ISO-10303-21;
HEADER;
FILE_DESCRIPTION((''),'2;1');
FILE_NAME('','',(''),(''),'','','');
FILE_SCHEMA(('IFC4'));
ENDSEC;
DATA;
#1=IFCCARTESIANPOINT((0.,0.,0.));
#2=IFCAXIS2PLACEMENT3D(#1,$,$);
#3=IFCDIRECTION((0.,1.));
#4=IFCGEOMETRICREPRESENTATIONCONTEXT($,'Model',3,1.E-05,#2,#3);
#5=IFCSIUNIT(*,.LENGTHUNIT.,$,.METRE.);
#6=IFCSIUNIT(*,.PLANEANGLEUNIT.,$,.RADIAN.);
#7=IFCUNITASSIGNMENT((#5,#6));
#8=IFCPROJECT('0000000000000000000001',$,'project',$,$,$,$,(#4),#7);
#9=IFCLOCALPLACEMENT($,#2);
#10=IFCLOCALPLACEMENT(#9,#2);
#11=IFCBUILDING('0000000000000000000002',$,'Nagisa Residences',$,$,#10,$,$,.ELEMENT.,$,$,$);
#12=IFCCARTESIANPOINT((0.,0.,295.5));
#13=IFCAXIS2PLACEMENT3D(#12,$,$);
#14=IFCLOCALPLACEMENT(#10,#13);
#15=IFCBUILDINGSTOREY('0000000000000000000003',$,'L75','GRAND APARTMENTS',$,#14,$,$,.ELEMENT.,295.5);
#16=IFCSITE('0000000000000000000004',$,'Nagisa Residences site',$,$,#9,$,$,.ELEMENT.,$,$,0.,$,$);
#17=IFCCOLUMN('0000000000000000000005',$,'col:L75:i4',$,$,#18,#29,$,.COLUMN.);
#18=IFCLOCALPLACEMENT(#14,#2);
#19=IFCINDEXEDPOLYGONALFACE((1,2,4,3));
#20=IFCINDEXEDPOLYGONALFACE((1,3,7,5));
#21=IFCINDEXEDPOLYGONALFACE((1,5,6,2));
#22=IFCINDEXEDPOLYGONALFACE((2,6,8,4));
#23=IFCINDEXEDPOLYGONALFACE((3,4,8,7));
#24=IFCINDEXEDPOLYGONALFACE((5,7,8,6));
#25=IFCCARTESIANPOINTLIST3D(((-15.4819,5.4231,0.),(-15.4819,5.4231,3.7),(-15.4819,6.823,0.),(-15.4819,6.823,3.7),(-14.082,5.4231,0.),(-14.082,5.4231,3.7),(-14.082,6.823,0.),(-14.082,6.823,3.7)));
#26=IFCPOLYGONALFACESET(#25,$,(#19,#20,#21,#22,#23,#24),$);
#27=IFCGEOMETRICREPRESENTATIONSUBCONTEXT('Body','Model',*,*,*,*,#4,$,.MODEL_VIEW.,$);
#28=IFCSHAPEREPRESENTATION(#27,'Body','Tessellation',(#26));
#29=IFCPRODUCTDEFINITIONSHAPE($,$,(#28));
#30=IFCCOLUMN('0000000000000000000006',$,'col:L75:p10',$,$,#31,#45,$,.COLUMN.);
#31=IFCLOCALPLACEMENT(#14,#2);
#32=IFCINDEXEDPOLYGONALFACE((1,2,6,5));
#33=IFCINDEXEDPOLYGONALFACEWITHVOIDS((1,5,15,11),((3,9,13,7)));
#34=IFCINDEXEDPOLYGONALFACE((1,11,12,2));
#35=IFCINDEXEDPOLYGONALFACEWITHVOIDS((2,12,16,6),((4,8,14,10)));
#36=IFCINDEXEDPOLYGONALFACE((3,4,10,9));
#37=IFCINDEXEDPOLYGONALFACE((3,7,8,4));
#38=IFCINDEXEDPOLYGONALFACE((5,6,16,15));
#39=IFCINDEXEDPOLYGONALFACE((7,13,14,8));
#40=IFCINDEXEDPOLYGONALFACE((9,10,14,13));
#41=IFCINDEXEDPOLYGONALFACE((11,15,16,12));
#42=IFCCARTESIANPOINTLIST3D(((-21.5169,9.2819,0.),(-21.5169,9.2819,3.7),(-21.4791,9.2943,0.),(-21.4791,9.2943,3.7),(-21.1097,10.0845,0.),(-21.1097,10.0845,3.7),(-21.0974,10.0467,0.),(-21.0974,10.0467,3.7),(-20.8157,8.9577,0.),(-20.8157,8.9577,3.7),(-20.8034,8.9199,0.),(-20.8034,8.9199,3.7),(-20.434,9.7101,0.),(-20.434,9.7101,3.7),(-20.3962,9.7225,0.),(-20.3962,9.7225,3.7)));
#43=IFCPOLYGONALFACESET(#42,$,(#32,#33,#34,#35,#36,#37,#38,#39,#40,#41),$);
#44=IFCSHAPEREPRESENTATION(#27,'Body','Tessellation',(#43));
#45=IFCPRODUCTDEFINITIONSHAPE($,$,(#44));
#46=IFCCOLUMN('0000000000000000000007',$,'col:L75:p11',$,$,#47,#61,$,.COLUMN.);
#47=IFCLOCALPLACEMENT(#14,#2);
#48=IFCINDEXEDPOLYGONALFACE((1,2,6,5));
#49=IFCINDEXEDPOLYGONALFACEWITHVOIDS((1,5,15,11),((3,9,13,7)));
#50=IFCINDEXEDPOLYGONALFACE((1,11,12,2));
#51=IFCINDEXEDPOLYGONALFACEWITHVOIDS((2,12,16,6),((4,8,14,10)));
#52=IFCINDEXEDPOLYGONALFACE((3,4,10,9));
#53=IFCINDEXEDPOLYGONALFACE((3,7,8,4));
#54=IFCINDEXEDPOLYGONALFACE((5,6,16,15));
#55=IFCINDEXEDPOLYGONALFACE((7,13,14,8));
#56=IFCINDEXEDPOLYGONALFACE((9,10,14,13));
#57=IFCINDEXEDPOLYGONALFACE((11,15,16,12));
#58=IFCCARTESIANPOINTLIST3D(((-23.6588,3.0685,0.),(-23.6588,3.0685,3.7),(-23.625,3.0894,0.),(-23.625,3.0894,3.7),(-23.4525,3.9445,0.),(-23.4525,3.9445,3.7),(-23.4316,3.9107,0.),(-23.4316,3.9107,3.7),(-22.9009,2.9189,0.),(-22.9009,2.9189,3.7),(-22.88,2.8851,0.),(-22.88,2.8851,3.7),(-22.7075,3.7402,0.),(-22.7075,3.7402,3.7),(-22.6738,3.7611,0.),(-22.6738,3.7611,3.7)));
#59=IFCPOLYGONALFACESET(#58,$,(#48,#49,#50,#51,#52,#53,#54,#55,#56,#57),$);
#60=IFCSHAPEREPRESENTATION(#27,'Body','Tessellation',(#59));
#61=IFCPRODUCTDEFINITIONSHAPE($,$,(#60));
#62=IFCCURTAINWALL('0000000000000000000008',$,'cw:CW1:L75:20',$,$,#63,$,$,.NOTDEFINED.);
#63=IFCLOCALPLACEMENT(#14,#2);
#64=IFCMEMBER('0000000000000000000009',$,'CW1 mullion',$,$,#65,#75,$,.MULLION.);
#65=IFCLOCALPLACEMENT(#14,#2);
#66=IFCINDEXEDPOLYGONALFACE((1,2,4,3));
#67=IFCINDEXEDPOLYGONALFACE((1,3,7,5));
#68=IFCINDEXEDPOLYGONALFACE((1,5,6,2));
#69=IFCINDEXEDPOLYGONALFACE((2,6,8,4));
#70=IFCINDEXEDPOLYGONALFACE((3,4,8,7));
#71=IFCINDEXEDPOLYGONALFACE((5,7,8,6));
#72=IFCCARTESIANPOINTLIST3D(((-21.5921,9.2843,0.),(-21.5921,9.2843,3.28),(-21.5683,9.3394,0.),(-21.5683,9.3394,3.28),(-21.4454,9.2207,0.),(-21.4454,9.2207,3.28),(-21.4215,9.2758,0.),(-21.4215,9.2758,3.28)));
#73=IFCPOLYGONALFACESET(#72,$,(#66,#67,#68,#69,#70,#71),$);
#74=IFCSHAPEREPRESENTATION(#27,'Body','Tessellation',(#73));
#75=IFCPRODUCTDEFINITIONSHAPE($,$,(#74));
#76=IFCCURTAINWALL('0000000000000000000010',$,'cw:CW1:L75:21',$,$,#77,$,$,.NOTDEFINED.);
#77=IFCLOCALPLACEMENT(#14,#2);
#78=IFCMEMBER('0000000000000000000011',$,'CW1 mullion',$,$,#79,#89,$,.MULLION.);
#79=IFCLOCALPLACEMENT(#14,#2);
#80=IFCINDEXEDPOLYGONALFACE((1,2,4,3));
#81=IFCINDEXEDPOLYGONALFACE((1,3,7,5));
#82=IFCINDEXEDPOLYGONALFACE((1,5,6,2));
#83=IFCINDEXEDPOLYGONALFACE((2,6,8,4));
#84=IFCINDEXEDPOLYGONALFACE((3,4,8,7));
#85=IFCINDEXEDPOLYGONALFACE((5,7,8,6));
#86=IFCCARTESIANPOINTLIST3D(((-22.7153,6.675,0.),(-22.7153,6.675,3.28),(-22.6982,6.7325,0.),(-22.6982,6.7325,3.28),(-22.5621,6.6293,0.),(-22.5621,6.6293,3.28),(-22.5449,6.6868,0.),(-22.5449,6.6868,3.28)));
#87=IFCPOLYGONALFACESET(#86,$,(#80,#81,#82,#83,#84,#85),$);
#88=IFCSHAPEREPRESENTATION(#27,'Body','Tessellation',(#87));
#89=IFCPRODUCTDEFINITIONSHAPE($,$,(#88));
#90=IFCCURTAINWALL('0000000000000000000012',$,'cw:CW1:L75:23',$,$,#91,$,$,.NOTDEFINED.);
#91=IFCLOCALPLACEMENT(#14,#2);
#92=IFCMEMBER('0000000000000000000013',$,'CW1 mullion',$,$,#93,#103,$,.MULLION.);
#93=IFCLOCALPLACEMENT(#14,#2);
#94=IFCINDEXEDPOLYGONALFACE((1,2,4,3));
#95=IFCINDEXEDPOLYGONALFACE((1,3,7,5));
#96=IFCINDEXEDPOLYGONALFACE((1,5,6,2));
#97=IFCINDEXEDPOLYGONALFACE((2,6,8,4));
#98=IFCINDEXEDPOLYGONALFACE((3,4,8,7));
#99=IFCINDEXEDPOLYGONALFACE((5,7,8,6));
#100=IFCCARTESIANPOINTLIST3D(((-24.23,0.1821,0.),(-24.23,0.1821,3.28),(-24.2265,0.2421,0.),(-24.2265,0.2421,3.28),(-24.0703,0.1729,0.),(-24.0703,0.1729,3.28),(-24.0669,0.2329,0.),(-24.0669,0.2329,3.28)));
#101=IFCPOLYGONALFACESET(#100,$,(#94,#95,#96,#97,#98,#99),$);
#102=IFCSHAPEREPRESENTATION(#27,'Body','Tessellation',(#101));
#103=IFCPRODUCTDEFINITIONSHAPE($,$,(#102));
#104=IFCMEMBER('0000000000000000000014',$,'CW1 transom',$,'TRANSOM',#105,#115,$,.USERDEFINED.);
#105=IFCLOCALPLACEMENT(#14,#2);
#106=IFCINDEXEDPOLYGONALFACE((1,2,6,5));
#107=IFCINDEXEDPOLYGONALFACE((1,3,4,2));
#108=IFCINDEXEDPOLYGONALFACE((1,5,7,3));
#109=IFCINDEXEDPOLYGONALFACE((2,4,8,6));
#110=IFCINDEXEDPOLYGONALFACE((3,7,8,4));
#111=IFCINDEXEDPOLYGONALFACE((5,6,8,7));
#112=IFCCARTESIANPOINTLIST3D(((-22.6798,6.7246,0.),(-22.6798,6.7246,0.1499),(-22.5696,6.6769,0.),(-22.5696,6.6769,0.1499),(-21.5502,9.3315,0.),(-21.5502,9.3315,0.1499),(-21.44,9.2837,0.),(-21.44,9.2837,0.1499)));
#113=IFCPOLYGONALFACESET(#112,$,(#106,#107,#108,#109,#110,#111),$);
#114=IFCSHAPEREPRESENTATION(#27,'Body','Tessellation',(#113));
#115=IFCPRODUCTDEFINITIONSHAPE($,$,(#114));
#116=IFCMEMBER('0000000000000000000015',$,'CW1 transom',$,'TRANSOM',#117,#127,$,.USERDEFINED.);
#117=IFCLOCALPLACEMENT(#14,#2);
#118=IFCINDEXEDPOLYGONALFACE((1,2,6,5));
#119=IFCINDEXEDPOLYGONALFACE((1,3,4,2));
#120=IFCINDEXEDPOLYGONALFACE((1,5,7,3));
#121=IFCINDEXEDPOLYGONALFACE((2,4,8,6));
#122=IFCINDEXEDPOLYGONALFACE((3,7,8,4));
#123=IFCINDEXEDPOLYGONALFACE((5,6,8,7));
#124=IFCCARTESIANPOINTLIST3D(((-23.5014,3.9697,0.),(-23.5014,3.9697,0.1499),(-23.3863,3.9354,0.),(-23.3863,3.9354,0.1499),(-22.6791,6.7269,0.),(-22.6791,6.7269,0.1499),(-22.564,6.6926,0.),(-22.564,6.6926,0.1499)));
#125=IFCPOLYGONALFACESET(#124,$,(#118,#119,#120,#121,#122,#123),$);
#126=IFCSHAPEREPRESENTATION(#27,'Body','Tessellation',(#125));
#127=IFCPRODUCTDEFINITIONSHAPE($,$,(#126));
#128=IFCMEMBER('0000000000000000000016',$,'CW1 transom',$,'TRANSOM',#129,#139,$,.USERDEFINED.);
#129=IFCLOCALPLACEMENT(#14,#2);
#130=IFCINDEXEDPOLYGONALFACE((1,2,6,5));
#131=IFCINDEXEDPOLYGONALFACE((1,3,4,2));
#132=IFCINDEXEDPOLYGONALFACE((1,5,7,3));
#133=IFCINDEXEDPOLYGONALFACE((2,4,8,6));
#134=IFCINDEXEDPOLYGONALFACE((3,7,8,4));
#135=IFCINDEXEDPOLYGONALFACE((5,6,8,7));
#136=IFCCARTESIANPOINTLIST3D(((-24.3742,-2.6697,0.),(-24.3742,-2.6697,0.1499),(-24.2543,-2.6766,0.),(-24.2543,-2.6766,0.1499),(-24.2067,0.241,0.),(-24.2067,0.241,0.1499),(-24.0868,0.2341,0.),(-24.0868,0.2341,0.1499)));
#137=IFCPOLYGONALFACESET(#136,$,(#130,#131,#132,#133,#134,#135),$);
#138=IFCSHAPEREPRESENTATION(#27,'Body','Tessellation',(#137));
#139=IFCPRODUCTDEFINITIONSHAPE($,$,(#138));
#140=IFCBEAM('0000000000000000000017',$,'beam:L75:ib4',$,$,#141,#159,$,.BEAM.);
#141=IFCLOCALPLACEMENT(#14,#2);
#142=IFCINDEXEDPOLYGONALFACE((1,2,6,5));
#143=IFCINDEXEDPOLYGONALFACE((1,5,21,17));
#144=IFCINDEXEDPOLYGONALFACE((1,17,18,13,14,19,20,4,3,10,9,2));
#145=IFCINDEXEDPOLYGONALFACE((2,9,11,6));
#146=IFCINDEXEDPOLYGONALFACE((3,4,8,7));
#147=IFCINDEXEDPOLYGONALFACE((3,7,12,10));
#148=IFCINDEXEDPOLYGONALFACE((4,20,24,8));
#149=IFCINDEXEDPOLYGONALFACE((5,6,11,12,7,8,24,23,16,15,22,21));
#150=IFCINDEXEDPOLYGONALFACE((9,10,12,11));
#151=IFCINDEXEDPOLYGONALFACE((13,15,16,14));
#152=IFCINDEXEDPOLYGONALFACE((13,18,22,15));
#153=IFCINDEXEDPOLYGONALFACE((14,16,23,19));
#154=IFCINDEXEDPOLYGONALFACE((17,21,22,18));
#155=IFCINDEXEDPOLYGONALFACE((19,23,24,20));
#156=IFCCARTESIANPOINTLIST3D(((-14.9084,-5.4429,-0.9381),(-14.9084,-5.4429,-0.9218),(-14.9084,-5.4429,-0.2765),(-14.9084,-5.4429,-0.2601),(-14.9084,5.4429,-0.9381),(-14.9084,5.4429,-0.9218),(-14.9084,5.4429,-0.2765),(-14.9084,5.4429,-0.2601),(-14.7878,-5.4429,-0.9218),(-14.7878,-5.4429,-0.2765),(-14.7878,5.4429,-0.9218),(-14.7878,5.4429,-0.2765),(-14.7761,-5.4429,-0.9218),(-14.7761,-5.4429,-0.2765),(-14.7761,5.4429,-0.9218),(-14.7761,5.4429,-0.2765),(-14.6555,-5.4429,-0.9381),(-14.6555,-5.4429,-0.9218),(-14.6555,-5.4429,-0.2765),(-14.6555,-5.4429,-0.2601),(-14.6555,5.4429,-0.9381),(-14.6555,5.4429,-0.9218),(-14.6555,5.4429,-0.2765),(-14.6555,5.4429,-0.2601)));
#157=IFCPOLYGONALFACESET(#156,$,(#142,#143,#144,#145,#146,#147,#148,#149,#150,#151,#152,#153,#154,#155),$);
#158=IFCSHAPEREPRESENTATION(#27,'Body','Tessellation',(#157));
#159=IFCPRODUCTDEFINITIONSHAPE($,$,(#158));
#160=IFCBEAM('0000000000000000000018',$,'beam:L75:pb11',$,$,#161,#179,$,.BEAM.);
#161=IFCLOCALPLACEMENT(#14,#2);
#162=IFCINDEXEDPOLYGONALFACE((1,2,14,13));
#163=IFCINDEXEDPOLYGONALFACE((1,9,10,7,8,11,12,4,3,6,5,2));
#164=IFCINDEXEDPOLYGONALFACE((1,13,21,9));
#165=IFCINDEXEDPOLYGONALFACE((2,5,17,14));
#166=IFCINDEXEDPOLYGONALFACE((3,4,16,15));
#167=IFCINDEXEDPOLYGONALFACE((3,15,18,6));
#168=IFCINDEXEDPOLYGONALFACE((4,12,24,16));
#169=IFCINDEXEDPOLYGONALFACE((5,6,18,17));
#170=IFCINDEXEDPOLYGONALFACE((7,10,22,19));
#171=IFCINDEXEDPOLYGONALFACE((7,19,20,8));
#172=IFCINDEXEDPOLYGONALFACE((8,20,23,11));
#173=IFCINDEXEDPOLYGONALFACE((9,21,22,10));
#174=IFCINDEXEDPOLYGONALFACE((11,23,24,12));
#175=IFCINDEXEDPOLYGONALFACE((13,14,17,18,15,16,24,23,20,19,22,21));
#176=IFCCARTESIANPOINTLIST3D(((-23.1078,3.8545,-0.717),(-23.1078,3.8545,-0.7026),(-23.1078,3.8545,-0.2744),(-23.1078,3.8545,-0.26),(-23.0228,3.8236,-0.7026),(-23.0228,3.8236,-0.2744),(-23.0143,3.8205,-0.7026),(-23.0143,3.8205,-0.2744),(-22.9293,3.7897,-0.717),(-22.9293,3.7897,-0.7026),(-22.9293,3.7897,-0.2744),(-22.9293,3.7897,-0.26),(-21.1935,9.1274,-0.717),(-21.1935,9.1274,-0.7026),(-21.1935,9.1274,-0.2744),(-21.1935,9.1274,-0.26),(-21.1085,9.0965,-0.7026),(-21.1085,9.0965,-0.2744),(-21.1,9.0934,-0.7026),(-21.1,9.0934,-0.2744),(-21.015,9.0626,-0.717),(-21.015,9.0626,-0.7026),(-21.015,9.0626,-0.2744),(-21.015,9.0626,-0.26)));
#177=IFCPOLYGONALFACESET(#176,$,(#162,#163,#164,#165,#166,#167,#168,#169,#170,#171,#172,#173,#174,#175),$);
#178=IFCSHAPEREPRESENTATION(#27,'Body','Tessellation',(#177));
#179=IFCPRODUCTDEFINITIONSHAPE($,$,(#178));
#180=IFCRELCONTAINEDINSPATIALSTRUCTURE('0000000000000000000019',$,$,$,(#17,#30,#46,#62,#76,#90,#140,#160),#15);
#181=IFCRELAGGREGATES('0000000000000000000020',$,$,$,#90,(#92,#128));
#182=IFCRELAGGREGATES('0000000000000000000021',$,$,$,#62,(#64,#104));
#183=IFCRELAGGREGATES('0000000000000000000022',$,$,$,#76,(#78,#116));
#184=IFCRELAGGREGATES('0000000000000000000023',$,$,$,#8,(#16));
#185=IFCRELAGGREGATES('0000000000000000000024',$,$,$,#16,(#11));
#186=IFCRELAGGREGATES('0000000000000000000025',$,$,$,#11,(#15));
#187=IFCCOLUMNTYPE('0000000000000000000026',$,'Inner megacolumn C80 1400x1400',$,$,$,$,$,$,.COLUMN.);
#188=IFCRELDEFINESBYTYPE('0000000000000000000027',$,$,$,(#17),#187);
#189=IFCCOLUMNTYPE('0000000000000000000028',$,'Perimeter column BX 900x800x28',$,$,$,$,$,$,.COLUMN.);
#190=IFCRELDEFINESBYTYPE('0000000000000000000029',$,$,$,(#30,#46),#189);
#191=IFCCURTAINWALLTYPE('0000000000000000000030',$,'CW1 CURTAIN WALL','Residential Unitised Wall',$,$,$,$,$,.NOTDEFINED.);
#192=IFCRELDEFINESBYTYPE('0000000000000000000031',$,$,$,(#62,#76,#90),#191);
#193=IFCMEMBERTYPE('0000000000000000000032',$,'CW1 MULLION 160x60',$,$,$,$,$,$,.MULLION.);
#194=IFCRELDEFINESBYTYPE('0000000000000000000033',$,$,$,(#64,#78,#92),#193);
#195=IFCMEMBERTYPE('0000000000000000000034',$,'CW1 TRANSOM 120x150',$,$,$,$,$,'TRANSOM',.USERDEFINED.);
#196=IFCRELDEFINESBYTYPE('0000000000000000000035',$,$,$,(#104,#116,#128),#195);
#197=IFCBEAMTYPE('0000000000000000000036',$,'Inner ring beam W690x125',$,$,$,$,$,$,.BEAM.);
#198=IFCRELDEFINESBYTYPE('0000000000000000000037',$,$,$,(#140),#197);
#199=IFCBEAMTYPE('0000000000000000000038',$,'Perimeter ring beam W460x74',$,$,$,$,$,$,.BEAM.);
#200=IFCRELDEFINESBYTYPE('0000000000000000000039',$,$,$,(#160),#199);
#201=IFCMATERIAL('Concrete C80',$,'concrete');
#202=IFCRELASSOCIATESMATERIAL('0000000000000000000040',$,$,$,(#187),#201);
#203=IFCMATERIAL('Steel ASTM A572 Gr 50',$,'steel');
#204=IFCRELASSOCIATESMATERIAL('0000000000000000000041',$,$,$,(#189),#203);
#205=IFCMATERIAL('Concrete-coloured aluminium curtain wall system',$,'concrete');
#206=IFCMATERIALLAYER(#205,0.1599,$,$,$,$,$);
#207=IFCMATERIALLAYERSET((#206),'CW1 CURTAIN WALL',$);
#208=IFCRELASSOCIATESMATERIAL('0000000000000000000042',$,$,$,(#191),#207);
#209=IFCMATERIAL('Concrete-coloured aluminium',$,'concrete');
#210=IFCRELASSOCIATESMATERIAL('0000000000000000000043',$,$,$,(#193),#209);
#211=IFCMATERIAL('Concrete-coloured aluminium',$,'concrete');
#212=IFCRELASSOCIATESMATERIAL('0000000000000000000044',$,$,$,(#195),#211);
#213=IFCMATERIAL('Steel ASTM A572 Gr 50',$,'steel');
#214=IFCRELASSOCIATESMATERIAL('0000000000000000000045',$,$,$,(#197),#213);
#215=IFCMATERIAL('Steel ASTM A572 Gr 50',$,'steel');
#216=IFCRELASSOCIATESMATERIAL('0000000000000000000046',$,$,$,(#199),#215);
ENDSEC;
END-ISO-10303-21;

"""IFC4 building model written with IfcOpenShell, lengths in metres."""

from ifc_helpers import new_model, si_unit, direction, frame, origin, origin_2d, place, context, subcontext, project, spatial, rectangle, hollow_rectangle, i_section, extrude, material, layer, layer_set, material_profile, profile_set, type_object, element, aggregate, save


model = new_model("IFC4")

# Units and contexts
model_context = context("Model", 3, precision=1e-05, world=origin(), true_north=direction((0.0, 1.0)))
body_context = subcontext(model_context, "Body", "Model", "MODEL_VIEW")
ifc_project = project(units=[si_unit("LENGTHUNIT", "METRE"), si_unit("PLANEANGLEUNIT", "RADIAN")], contexts=[model_context])

# Site, building, storey
site_placement = place(None, origin())
site = spatial("IfcSite", under=ifc_project, at=site_placement, Name="Nagisa Residences site", CompositionType="ELEMENT", RefElevation=0.0)
building_placement = place(site_placement, origin())
building = spatial("IfcBuilding", under=site, at=building_placement, Name="Nagisa Residences", CompositionType="ELEMENT")
storey_placement = place(building_placement, frame((0.0, 0.0, 295.5)))
storey = spatial("IfcBuildingStorey", under=building, at=storey_placement, Name="L75", Description="GRAND APARTMENTS", CompositionType="ELEMENT", Elevation=295.5)

# Columns
ifc_material_1 = material(Name="Concrete C80", Category="concrete")
ifc_material_profile_1 = material_profile(ifc_material_1, rectangle(XDim=1.3999, YDim=1.3999, at=origin_2d()), Name="C80 1400x1400")
ifc_profile_set_1 = profile_set([ifc_material_profile_1], Name="Concrete C80")
column_type_1 = type_object("IfcColumnType", Name="Inner megacolumn C80 1400x1400", PredefinedType="COLUMN", material=ifc_profile_set_1)
column_placement = place(storey_placement, frame((-14.782, 6.123, 0.0), z_axis=(0.0, 0.0, 1.0), x_axis=(1.0, 0.0, 0.0)))
element("IfcColumn", 1, at=column_placement, inside=storey, type_object=column_type_1, Name="col:L75:i4", PredefinedType="COLUMN", context=body_context, shape_type="SweptSolid", body=[
    extrude(rectangle(XDim=1.3999, YDim=1.3999, at=origin_2d()), origin(), (0.0, 0.0, 1.0), 3.7),
])
ifc_material_2 = material(Name="Steel ASTM A572 Gr 50", Category="steel")
ifc_material_profile_2 = material_profile(ifc_material_2, hollow_rectangle(XDim=0.8999, YDim=0.8, WallThickness=0.0281, at=origin_2d()), Name="BX 900x800x28")
ifc_profile_set_2 = profile_set([ifc_material_profile_2], Name="Steel ASTM A572 Gr 50")
column_type_2 = type_object("IfcColumnType", Name="Perimeter column BX 900x800x28", PredefinedType="COLUMN", material=ifc_profile_set_2)
for number, where, z_axis, x_axis, name in (
    (2, (-20.9565, 9.5022, 0.0), (0.0, 0.0, 1.0), (-0.452463, -0.891783, 0.0), "col:L75:p10"),
    (3, (-23.1663, 3.4148, 0.0), (0.0, 0.0, 1.0), (-0.229202, -0.973379, 0.0), "col:L75:p11"),
):
    element("IfcColumn", number, at=place(storey_placement, frame(where, z_axis=z_axis, x_axis=x_axis)), inside=storey, type_object=column_type_2, Name=name, PredefinedType="COLUMN", context=body_context, shape_type="SweptSolid", body=[
        extrude(hollow_rectangle(XDim=0.8999, YDim=0.8, WallThickness=0.0281, at=origin_2d()), origin(), (0.0, 0.0, 1.0), 3.7),
    ])

# Curtain walls, members
ifc_material_3 = material(Name="Concrete-coloured aluminium curtain wall system", Category="concrete")
ifc_layer_1 = layer(ifc_material_3, 0.1599)
ifc_layer_set_1 = layer_set([ifc_layer_1], Name="CW1 CURTAIN WALL")
curtain_wall_type = type_object("IfcCurtainWallType", Name="CW1 CURTAIN WALL", Description="Residential Unitised Wall", PredefinedType="NOTDEFINED", material=ifc_layer_set_1)
curtain_wall_1_placement = place(storey_placement, origin())
curtain_wall_1 = element("IfcCurtainWall", 4, at=curtain_wall_1_placement, inside=storey, type_object=curtain_wall_type, Name="cw:CW1:L75:20", PredefinedType="NOTDEFINED")
ifc_material_4 = material(Name="Concrete-coloured aluminium", Category="concrete")
ifc_material_profile_3 = material_profile(ifc_material_4, rectangle(XDim=0.1599, YDim=0.0601, at=origin_2d()), Name="CW1 MULLION 160x60")
ifc_profile_set_3 = profile_set([ifc_material_profile_3], Name="Concrete-coloured aluminium")
member_type_1 = type_object("IfcMemberType", Name="CW1 MULLION 160x60", PredefinedType="MULLION", material=ifc_profile_set_3)
member_1_placement = place(storey_placement, frame((-21.5068, 9.28, 0.0), z_axis=(0.0, 0.0, 1.0), x_axis=(0.917543, -0.397636, 0.0)))
member_1 = element("IfcMember", 5, at=member_1_placement, type_object=member_type_1, Name="CW1 mullion", PredefinedType="MULLION", context=body_context, shape_type="SweptSolid", body=[
    extrude(rectangle(XDim=0.1599, YDim=0.0601, at=origin_2d()), origin(), (0.0, 0.0, 1.0), 3.28),
])
curtain_wall_2_placement = place(storey_placement, origin())
curtain_wall_2 = element("IfcCurtainWall", 6, at=curtain_wall_2_placement, inside=storey, type_object=curtain_wall_type, Name="cw:CW1:L75:21", PredefinedType="NOTDEFINED")
member_2_placement = place(storey_placement, frame((-22.6301, 6.6809, 0.0), z_axis=(0.0, 0.0, 1.0), x_axis=(0.958271, -0.28586, 0.0)))
member_2 = element("IfcMember", 7, at=member_2_placement, type_object=member_type_1, Name="CW1 mullion", PredefinedType="MULLION", context=body_context, shape_type="SweptSolid", body=[
    extrude(rectangle(XDim=0.1599, YDim=0.0601, at=origin_2d()), origin(), (0.0, 0.0, 1.0), 3.28),
])
curtain_wall_3_placement = place(storey_placement, origin())
curtain_wall_3 = element("IfcCurtainWall", 8, at=curtain_wall_3_placement, inside=storey, type_object=curtain_wall_type, Name="cw:CW1:L75:23", PredefinedType="NOTDEFINED")
member_3_placement = place(storey_placement, frame((-24.1484, 0.2075, 0.0), z_axis=(0.0, 0.0, 1.0), x_axis=(0.998345, -0.057503, 0.0)))
member_3 = element("IfcMember", 9, at=member_3_placement, type_object=member_type_1, Name="CW1 mullion", PredefinedType="MULLION", context=body_context, shape_type="SweptSolid", body=[
    extrude(rectangle(XDim=0.1599, YDim=0.0601, at=origin_2d()), origin(), (0.0, 0.0, 1.0), 3.28),
])

# Members
ifc_material_5 = material(Name="Concrete-coloured aluminium", Category="concrete")
ifc_material_profile_4 = material_profile(ifc_material_5, rectangle(XDim=0.1201, YDim=0.1499, at=origin_2d()), Name="CW1 TRANSOM 120x150")
ifc_profile_set_4 = profile_set([ifc_material_profile_4], Name="Concrete-coloured aluminium")
member_type_2 = type_object("IfcMemberType", Name="CW1 TRANSOM 120x150", ElementType="TRANSOM", PredefinedType="USERDEFINED", material=ifc_profile_set_4)
member_4_placement = place(storey_placement, frame((-21.4951, 9.3076, 0.075), z_axis=(-0.397598, -0.91756, 0.0), x_axis=(0.91756, -0.397598, 0.0)))
member_4 = element("IfcMember", 10, at=member_4_placement, type_object=member_type_2, Name="CW1 transom", ObjectType="TRANSOM", PredefinedType="USERDEFINED", context=body_context, shape_type="SweptSolid", body=[
    extrude(rectangle(XDim=0.1201, YDim=0.1499, at=origin_2d()), origin(), (0.0, 0.0, 1.0), 2.8411),
])
member_5_placement = place(storey_placement, frame((-22.6216, 6.7097, 0.075), z_axis=(-0.285798, -0.95829, 0.0), x_axis=(0.95829, -0.285798, 0.0)))
member_5 = element("IfcMember", 11, at=member_5_placement, type_object=member_type_2, Name="CW1 transom", ObjectType="TRANSOM", PredefinedType="USERDEFINED", context=body_context, shape_type="SweptSolid", body=[
    extrude(rectangle(XDim=0.1201, YDim=0.1499, at=origin_2d()), origin(), (0.0, 0.0, 1.0), 2.8772),
])
member_6_placement = place(storey_placement, frame((-24.1467, 0.2375, 0.075), z_axis=(-0.057446, -0.998349, 0.0), x_axis=(0.998349, -0.057446, 0.0)))
member_6 = element("IfcMember", 12, at=member_6_placement, type_object=member_type_2, Name="CW1 transom", ObjectType="TRANSOM", PredefinedType="USERDEFINED", context=body_context, shape_type="SweptSolid", body=[
    extrude(rectangle(XDim=0.1201, YDim=0.1499, at=origin_2d()), origin(), (0.0, 0.0, 1.0), 2.9155),
])
aggregate(curtain_wall_3, [member_3, member_6])

# Beams
ifc_material_6 = material(Name="Steel ASTM A572 Gr 50", Category="steel")
ifc_material_profile_5 = material_profile(ifc_material_6, i_section(OverallWidth=0.2529, OverallDepth=0.678, WebThickness=0.0117, FlangeThickness=0.0164, at=origin_2d()), Name="W690x125")
ifc_profile_set_5 = profile_set([ifc_material_profile_5], Name="Steel ASTM A572 Gr 50")
beam_type_1 = type_object("IfcBeamType", Name="Inner ring beam W690x125", PredefinedType="BEAM", material=ifc_profile_set_5)
beam_1_placement = place(storey_placement, frame((-14.782, 5.4429, -0.5991), z_axis=(0.0, -1.0, 0.0), x_axis=(1.0, 0.0, 0.0)))
element("IfcBeam", 13, at=beam_1_placement, inside=storey, type_object=beam_type_1, Name="beam:L75:ib4", PredefinedType="BEAM", context=body_context, shape_type="SweptSolid", body=[
    extrude(i_section(OverallWidth=0.2529, OverallDepth=0.678, WebThickness=0.0117, FlangeThickness=0.0164, at=origin_2d()), origin(), (0.0, 0.0, 1.0), 10.8857),
])
ifc_material_7 = material(Name="Steel ASTM A572 Gr 50", Category="steel")
ifc_material_profile_6 = material_profile(ifc_material_7, i_section(OverallWidth=0.1899, OverallDepth=0.457, WebThickness=0.009, FlangeThickness=0.0144, at=origin_2d()), Name="W460x74")
ifc_profile_set_6 = profile_set([ifc_material_profile_6], Name="Steel ASTM A572 Gr 50")
beam_type_2 = type_object("IfcBeamType", Name="Perimeter ring beam W460x74", PredefinedType="BEAM", material=ifc_profile_set_6)
beam_2_placement = place(storey_placement, frame((-21.1042, 9.095, -0.4885), z_axis=(-0.34125, -0.939972, 0.0), x_axis=(0.939972, -0.34125, 0.0)))
element("IfcBeam", 14, at=beam_2_placement, inside=storey, type_object=beam_type_2, Name="beam:L75:pb11", PredefinedType="BEAM", context=body_context, shape_type="SweptSolid", body=[
    extrude(i_section(OverallWidth=0.1899, OverallDepth=0.457, WebThickness=0.009, FlangeThickness=0.0144, at=origin_2d()), origin(), (0.0, 0.0, 1.0), 5.6096),
])

aggregate(curtain_wall_1, [member_1, member_4])
aggregate(curtain_wall_2, [member_2, member_5])

save(model, "model.ifc")
